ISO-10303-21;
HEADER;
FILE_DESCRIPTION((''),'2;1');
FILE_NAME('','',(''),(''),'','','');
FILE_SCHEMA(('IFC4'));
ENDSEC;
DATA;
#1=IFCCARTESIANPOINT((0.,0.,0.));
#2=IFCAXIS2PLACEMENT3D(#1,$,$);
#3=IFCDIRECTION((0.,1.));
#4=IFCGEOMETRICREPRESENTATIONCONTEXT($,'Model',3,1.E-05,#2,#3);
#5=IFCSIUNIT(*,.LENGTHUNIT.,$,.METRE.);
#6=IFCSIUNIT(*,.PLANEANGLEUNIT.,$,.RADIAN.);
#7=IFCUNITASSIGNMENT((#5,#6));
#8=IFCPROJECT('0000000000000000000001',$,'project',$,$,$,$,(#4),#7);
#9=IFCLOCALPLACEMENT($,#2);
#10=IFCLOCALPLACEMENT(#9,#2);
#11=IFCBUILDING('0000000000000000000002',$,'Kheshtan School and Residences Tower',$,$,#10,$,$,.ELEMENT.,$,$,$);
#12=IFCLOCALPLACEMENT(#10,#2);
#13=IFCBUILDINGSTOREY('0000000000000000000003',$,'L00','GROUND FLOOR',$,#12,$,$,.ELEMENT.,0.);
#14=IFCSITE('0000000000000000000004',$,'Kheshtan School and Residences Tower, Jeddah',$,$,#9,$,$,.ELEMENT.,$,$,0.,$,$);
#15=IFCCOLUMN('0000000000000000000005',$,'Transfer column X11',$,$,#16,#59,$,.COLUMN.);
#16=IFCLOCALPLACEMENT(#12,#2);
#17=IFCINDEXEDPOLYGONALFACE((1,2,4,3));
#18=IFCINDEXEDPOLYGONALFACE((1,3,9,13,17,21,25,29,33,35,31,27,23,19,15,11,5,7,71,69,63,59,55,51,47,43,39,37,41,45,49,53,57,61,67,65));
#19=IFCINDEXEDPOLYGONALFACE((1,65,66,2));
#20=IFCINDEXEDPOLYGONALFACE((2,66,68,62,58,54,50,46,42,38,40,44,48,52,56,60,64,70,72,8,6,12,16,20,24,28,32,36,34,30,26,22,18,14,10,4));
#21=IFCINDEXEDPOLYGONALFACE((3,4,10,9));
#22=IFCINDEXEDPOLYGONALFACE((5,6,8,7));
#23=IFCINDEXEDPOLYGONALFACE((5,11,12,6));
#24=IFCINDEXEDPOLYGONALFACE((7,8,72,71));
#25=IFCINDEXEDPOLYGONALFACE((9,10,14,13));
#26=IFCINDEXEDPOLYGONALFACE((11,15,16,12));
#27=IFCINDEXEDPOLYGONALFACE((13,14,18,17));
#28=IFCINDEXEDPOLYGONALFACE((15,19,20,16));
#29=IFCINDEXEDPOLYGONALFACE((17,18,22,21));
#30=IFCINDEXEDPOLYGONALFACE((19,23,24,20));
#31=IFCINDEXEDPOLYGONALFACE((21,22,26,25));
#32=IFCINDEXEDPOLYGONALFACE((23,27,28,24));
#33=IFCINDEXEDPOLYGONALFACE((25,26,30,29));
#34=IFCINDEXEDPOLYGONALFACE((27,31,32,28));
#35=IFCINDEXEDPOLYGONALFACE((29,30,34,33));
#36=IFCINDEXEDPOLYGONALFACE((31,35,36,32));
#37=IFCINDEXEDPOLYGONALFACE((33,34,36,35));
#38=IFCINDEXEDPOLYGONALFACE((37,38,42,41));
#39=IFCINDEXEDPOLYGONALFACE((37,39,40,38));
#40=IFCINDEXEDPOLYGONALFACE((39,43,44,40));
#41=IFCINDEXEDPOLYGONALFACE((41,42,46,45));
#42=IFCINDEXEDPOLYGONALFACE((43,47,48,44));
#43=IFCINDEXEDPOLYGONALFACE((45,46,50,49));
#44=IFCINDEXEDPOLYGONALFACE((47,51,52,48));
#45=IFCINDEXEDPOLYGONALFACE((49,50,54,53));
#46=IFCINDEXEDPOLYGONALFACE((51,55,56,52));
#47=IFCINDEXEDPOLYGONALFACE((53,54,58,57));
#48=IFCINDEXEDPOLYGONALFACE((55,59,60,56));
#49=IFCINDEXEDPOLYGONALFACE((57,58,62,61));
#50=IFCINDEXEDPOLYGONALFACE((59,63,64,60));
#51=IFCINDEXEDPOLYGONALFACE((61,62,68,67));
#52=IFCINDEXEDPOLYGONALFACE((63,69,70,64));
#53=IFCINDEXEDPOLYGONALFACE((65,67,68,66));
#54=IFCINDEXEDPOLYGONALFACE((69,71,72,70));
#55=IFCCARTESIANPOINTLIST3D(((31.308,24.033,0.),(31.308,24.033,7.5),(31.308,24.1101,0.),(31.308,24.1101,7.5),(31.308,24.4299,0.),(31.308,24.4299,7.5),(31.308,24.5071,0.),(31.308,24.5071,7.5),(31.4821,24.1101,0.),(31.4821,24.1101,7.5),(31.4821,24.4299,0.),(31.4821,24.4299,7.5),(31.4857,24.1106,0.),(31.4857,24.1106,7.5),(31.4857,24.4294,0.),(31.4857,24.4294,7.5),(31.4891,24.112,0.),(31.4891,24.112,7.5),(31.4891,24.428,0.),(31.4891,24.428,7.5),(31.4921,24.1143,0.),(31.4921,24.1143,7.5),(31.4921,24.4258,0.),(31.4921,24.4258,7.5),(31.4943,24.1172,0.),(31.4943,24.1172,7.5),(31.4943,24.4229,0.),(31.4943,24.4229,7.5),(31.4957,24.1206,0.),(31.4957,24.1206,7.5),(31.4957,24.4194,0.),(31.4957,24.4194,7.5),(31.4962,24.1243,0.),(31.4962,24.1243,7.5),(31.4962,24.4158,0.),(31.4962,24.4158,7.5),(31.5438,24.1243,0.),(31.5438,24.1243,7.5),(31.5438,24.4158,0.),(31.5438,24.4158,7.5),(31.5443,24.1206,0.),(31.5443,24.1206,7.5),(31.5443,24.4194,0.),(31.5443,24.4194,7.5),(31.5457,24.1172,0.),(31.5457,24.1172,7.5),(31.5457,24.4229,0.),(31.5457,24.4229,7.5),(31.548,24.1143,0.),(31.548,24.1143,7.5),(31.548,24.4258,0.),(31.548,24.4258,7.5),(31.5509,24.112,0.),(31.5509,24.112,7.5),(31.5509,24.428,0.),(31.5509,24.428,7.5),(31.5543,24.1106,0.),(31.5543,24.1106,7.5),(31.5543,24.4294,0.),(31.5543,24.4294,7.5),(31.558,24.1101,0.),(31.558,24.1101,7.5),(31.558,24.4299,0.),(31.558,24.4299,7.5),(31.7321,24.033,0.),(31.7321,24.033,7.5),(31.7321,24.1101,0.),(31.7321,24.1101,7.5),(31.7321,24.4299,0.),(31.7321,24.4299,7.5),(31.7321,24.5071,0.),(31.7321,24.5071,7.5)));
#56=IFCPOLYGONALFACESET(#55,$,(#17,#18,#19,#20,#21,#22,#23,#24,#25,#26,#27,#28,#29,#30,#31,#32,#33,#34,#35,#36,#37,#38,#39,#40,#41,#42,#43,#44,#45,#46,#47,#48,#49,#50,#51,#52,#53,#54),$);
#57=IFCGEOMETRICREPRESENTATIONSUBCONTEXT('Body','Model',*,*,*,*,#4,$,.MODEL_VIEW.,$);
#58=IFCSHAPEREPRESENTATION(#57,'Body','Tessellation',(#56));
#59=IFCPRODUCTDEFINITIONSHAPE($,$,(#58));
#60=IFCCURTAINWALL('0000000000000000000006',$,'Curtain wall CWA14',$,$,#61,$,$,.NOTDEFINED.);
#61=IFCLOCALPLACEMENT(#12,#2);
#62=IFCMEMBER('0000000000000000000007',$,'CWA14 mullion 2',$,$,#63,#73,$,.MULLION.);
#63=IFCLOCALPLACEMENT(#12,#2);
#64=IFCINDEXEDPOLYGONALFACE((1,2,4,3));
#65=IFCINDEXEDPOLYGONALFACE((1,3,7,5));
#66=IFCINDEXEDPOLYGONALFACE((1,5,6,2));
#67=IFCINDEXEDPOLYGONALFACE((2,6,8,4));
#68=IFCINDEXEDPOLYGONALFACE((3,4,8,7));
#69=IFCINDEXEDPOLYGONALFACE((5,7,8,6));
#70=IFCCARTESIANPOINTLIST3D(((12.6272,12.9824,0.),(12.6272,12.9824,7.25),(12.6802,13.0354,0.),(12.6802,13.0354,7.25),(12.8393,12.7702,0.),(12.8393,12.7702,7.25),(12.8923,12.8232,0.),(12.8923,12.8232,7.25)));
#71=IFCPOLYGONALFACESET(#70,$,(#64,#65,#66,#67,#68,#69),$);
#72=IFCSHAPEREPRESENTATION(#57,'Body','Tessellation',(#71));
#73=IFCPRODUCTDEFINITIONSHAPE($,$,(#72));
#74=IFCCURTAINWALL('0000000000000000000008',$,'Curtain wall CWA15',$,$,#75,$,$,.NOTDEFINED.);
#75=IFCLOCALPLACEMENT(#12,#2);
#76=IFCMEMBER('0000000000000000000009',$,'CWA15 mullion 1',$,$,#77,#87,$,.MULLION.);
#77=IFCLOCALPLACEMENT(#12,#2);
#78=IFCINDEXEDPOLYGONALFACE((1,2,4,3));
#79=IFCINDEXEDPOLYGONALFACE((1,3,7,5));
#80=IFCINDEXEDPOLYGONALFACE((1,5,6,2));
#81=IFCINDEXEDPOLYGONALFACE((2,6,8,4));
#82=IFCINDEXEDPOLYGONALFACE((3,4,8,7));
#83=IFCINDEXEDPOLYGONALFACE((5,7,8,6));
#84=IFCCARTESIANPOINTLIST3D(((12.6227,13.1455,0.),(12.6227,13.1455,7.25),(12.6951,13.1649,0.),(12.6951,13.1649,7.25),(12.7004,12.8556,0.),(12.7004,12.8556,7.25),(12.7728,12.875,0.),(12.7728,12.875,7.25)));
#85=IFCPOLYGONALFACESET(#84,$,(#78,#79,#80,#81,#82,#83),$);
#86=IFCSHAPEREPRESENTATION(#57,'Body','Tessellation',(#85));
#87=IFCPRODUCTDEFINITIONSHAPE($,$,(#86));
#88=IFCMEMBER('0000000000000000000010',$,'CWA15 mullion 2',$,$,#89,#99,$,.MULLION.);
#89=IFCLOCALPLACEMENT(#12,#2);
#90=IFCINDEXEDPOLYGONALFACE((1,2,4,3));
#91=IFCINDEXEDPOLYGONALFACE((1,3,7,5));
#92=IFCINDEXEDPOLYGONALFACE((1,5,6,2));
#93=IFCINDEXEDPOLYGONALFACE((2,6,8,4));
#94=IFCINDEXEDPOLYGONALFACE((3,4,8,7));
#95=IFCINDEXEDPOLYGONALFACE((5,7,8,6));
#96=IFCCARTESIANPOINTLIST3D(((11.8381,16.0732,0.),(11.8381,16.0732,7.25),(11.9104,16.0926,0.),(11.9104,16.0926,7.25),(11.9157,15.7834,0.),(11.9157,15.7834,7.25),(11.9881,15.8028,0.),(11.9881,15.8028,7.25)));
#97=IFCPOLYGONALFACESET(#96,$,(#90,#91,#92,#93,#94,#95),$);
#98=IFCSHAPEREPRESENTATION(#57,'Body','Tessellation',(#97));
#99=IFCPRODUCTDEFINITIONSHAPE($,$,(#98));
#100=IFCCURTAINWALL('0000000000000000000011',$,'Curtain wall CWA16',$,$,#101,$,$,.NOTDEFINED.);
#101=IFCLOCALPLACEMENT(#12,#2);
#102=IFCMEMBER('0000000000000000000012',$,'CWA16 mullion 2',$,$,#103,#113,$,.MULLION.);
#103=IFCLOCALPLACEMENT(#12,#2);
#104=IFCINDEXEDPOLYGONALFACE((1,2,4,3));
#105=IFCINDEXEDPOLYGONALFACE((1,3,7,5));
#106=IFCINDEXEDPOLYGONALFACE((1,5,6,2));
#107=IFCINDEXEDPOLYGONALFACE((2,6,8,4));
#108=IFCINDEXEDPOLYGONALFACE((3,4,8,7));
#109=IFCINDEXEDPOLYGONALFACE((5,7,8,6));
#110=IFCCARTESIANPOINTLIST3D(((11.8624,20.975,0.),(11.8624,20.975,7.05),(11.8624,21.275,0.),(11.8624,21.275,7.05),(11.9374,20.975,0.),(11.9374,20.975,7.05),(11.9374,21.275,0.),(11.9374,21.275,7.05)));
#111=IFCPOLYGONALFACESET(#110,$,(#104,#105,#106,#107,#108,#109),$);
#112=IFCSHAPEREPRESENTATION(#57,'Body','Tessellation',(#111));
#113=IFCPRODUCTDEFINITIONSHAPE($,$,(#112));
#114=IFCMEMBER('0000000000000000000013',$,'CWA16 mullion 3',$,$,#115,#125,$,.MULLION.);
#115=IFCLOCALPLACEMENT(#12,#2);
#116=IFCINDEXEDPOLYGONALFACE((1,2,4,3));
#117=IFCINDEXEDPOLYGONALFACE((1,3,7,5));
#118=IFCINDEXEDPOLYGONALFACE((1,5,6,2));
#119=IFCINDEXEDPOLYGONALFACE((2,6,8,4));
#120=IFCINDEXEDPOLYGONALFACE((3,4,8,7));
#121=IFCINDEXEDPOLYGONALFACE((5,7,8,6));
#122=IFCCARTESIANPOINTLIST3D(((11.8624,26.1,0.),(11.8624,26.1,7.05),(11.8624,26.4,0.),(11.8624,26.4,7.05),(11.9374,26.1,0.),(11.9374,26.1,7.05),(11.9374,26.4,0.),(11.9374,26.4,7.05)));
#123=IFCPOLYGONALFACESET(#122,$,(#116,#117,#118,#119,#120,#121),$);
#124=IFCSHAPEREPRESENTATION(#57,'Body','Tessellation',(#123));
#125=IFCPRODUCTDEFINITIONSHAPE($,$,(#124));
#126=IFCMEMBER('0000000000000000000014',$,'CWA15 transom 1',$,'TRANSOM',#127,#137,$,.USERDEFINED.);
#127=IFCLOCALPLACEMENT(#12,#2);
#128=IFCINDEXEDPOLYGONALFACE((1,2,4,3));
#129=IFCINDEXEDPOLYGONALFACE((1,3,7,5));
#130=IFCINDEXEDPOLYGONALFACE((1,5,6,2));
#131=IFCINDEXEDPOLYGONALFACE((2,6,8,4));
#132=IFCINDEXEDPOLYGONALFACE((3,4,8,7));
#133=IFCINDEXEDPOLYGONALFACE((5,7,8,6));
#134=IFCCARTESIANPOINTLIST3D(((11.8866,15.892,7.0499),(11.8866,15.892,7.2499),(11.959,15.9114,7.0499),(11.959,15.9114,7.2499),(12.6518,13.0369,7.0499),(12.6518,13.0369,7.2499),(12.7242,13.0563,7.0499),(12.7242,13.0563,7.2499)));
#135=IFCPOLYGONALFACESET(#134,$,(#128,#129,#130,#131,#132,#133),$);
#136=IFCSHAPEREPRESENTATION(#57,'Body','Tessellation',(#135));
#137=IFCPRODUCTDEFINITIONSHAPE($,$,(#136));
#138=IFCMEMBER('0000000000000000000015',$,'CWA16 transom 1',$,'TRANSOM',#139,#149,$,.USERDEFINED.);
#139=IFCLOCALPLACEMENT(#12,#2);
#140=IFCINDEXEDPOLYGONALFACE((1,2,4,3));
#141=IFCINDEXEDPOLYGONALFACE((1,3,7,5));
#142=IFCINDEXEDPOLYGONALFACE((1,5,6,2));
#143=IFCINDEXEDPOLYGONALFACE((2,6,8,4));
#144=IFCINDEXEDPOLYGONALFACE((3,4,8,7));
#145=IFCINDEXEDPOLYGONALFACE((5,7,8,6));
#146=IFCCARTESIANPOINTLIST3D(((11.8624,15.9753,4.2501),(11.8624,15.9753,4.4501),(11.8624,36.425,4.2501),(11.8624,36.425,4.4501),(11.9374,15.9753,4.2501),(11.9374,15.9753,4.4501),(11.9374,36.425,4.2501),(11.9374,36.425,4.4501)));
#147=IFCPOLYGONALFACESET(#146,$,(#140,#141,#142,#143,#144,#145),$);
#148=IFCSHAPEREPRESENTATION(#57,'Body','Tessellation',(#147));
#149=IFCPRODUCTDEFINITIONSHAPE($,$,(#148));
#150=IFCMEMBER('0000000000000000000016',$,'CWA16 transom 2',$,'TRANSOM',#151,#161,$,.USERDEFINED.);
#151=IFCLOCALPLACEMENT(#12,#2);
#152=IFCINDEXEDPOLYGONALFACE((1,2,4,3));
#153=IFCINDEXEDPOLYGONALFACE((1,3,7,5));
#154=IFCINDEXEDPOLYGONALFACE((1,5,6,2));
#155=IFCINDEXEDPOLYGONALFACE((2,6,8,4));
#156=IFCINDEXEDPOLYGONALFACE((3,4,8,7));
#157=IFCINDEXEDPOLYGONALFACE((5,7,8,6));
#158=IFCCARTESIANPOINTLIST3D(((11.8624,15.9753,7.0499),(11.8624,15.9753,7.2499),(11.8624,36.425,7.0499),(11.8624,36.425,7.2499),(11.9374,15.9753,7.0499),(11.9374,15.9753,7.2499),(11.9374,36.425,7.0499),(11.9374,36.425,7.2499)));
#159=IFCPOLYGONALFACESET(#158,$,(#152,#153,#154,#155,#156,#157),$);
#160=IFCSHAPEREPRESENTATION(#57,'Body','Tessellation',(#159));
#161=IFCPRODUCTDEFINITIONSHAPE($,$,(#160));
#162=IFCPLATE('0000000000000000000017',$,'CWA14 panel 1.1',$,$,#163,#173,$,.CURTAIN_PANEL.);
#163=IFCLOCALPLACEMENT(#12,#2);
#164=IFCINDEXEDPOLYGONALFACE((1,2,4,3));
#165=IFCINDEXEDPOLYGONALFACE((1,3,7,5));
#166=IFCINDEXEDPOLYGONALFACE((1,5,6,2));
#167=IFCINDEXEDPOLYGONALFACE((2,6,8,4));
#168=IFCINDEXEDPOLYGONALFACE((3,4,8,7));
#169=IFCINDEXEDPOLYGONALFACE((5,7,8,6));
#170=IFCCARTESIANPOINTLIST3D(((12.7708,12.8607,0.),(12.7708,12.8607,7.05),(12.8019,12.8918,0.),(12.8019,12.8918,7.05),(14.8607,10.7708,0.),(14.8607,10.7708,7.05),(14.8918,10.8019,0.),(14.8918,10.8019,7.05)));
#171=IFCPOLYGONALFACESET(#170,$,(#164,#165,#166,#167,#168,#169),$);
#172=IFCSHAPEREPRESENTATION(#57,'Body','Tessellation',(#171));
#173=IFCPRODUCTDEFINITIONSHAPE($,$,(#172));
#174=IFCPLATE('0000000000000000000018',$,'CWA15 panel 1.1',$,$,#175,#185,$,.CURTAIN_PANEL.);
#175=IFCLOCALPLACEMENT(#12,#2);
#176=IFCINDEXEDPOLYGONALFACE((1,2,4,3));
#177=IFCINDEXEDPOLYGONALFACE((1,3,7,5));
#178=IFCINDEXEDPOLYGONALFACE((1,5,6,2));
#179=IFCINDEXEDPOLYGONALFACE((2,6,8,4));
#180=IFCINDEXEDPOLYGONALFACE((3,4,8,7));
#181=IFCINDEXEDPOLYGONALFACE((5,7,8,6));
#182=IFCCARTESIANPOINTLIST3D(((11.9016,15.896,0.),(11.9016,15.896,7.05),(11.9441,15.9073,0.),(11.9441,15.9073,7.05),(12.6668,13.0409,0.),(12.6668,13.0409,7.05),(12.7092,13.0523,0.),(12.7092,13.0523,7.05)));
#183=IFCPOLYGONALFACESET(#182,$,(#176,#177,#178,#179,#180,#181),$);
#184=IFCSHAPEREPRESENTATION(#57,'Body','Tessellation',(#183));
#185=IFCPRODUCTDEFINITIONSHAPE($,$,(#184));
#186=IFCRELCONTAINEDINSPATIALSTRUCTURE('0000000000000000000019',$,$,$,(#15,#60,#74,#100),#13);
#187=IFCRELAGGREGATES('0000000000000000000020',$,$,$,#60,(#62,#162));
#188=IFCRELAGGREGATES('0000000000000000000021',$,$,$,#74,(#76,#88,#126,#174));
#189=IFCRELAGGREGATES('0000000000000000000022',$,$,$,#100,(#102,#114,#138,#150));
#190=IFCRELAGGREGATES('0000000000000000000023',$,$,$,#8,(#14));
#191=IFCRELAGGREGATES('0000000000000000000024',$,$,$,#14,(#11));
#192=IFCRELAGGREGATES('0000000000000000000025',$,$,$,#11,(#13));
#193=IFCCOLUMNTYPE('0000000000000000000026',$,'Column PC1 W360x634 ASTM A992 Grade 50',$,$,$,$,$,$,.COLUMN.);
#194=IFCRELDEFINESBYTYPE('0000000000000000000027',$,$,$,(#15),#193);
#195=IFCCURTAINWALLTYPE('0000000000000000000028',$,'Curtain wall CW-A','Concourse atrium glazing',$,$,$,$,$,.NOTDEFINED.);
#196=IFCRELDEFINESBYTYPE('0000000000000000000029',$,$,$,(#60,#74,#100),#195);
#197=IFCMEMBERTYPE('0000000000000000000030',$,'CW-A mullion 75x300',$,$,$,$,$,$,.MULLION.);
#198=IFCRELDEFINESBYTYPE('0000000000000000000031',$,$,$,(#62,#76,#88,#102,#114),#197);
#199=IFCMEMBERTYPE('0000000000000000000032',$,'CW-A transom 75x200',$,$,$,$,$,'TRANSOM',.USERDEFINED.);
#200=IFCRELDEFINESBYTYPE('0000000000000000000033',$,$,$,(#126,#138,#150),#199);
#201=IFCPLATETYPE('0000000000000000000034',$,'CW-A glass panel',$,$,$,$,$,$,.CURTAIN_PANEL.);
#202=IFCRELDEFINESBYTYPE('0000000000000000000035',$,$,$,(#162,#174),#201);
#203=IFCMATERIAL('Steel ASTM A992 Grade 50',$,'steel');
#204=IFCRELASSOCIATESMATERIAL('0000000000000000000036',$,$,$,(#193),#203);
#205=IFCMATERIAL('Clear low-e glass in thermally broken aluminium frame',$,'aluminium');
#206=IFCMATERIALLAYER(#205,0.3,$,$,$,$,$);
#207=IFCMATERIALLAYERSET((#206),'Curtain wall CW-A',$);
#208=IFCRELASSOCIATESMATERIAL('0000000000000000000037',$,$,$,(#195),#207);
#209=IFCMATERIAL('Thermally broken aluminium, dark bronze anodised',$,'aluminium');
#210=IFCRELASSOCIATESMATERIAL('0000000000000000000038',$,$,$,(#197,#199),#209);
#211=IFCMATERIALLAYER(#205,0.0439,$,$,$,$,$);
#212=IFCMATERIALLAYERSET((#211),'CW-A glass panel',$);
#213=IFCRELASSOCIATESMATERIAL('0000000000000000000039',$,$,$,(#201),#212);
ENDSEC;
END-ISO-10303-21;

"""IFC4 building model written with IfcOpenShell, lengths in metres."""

from ifc_helpers import new_model, si_unit, direction, frame, origin, origin_2d, place, context, subcontext, project, spatial, rectangle, i_section, extrude, material, layer, layer_set, material_profile, profile_set, type_object, element, aggregate, save


model = new_model("IFC4")

# Units and contexts
model_context = context("Model", 3, precision=1e-05, world=origin(), true_north=direction((0.0, 1.0)))
body_context = subcontext(model_context, "Body", "Model", "MODEL_VIEW")
ifc_project = project(units=[si_unit("LENGTHUNIT", "METRE"), si_unit("PLANEANGLEUNIT", "RADIAN")], contexts=[model_context])

# Site, building, storey
site_placement = place(None, origin())
site = spatial("IfcSite", under=ifc_project, at=site_placement, Name="Kheshtan School and Residences Tower, Jeddah", CompositionType="ELEMENT", RefElevation=0.0)
building_placement = place(site_placement, origin())
building = spatial("IfcBuilding", under=site, at=building_placement, Name="Kheshtan School and Residences Tower", CompositionType="ELEMENT")
storey_placement = place(building_placement, origin())
storey = spatial("IfcBuildingStorey", under=building, at=storey_placement, Name="L00", Description="GROUND FLOOR", CompositionType="ELEMENT", Elevation=0.0)

# Column
ifc_material_1 = material(Name="Steel ASTM A992 Grade 50", Category="steel")
ifc_material_profile_1 = material_profile(ifc_material_1, i_section(OverallWidth=0.4241, OverallDepth=0.4741, WebThickness=0.0476, FlangeThickness=0.0771, FilletRadius=0.0142, at=origin_2d()), Name="W360x634")
ifc_profile_set_1 = profile_set([ifc_material_profile_1], Name="Steel ASTM A992 Grade 50")
column_type = type_object("IfcColumnType", Name="Column PC1 W360x634 ASTM A992 Grade 50", PredefinedType="COLUMN", material=ifc_profile_set_1)
for number, where, z_axis, x_axis, name in (
    (1, (31.52, 24.27, 0.0), (0.0, 0.0, 1.0), (1.0, 0.0, 0.0), "Transfer column X11"),
):
    element("IfcColumn", number, at=place(storey_placement, frame(where, z_axis=z_axis, x_axis=x_axis)), inside=storey, type_object=column_type, Name=name, PredefinedType="COLUMN", context=body_context, shape_type="SweptSolid", body=[
        extrude(i_section(OverallWidth=0.4241, OverallDepth=0.4741, WebThickness=0.0476, FlangeThickness=0.0771, FilletRadius=0.0142, at=origin_2d()), origin(), (0.0, 0.0, 1.0), 7.5),
    ])

# Curtain wall, member
ifc_material_2 = material(Name="Clear low-e glass in thermally broken aluminium frame", Category="aluminium")
ifc_layer_1 = layer(ifc_material_2, 0.3)
ifc_layer_set_1 = layer_set([ifc_layer_1], Name="Curtain wall CW-A")
curtain_wall_type = type_object("IfcCurtainWallType", Name="Curtain wall CW-A", Description="Concourse atrium glazing", PredefinedType="NOTDEFINED", material=ifc_layer_set_1)
curtain_wall_1_placement = place(storey_placement, origin())
curtain_wall_1 = element("IfcCurtainWall", 2, at=curtain_wall_1_placement, inside=storey, type_object=curtain_wall_type, Name="Curtain wall CWA14", PredefinedType="NOTDEFINED")
ifc_material_3 = material(Name="Thermally broken aluminium, dark bronze anodised", Category="aluminium")
ifc_material_profile_2 = material_profile(ifc_material_3, rectangle(XDim=0.075, YDim=0.3, at=origin_2d()), Name="CW-A mullion 75x300")
ifc_profile_set_2 = profile_set([ifc_material_profile_2], Name="Thermally broken aluminium, dark bronze anodised")
member_type_1 = type_object("IfcMemberType", Name="CW-A mullion 75x300", PredefinedType="MULLION", material=ifc_profile_set_2)
member_1_placement = place(storey_placement, frame((12.7598, 12.9028, 0.0), z_axis=(0.0, 0.0, 1.0), x_axis=(-0.707107, -0.707107, 0.0)))
member_1 = element("IfcMember", 3, at=member_1_placement, type_object=member_type_1, Name="CWA14 mullion 2", PredefinedType="MULLION", context=body_context, shape_type="SweptSolid", body=[
    extrude(rectangle(XDim=0.075, YDim=0.3, at=origin_2d()), origin(), (0.0, 0.0, 1.0), 7.25),
])

# Curtain walls, members
curtain_wall_2_placement = place(storey_placement, origin())
curtain_wall_2 = element("IfcCurtainWall", 4, at=curtain_wall_2_placement, inside=storey, type_object=curtain_wall_type, Name="Curtain wall CWA15", PredefinedType="NOTDEFINED")
member_2_placement = place(storey_placement, frame((12.6978, 13.0103, 0.0), z_axis=(0.0, 0.0, 1.0), x_axis=(-0.965914, -0.258865, 0.0)))
member_2 = element("IfcMember", 5, at=member_2_placement, type_object=member_type_1, Name="CWA15 mullion 1", PredefinedType="MULLION", context=body_context, shape_type="SweptSolid", body=[
    extrude(rectangle(XDim=0.075, YDim=0.3, at=origin_2d()), origin(), (0.0, 0.0, 1.0), 7.25),
])
member_3_placement = place(storey_placement, frame((11.9131, 15.938, 0.0), z_axis=(0.0, 0.0, 1.0), x_axis=(-0.965914, -0.258865, 0.0)))
member_3 = element("IfcMember", 6, at=member_3_placement, type_object=member_type_1, Name="CWA15 mullion 2", PredefinedType="MULLION", context=body_context, shape_type="SweptSolid", body=[
    extrude(rectangle(XDim=0.075, YDim=0.3, at=origin_2d()), origin(), (0.0, 0.0, 1.0), 7.25),
])
curtain_wall_3_placement = place(storey_placement, origin())
curtain_wall_3 = element("IfcCurtainWall", 7, at=curtain_wall_3_placement, inside=storey, type_object=curtain_wall_type, Name="Curtain wall CWA16", PredefinedType="NOTDEFINED")
member_4_placement = place(storey_placement, frame((11.8999, 21.125, 0.0), z_axis=(0.0, 0.0, 1.0), x_axis=(-1.0, 0.0, 0.0)))
member_4 = element("IfcMember", 8, at=member_4_placement, type_object=member_type_1, Name="CWA16 mullion 2", PredefinedType="MULLION", context=body_context, shape_type="SweptSolid", body=[
    extrude(rectangle(XDim=0.075, YDim=0.3, at=origin_2d()), origin(), (0.0, 0.0, 1.0), 7.05),
])
member_5_placement = place(storey_placement, frame((11.8999, 26.25, 0.0), z_axis=(0.0, 0.0, 1.0), x_axis=(-1.0, 0.0, 0.0)))
member_5 = element("IfcMember", 9, at=member_5_placement, type_object=member_type_1, Name="CWA16 mullion 3", PredefinedType="MULLION", context=body_context, shape_type="SweptSolid", body=[
    extrude(rectangle(XDim=0.075, YDim=0.3, at=origin_2d()), origin(), (0.0, 0.0, 1.0), 7.05),
])

# Members
ifc_material_profile_3 = material_profile(ifc_material_3, rectangle(XDim=0.075, YDim=0.2, at=origin_2d()), Name="CW-A transom 75x200")
ifc_profile_set_3 = profile_set([ifc_material_profile_3], Name="Thermally broken aluminium, dark bronze anodised")
member_type_2 = type_object("IfcMemberType", Name="CW-A transom 75x200", ElementType="TRANSOM", PredefinedType="USERDEFINED", material=ifc_profile_set_3)
member_6_placement = place(storey_placement, frame((12.688, 13.0466, 7.1499), z_axis=(-0.258865, 0.965913, 0.0), x_axis=(-0.965913, -0.258865, 0.0)))
member_6 = element("IfcMember", 10, at=member_6_placement, type_object=member_type_2, Name="CWA15 transom 1", ObjectType="TRANSOM", PredefinedType="USERDEFINED", context=body_context, shape_type="SweptSolid", body=[
    extrude(rectangle(XDim=0.075, YDim=0.2, at=origin_2d()), origin(), (0.0, 0.0, 1.0), 2.9558),
])
member_7_placement = place(storey_placement, frame((11.8999, 15.9753, 4.3501), z_axis=(0.0, 1.0, 0.0), x_axis=(-1.0, 0.0, 0.0)))
member_7 = element("IfcMember", 11, at=member_7_placement, type_object=member_type_2, Name="CWA16 transom 1", ObjectType="TRANSOM", PredefinedType="USERDEFINED", context=body_context, shape_type="SweptSolid", body=[
    extrude(rectangle(XDim=0.075, YDim=0.2, at=origin_2d()), origin(), (0.0, 0.0, 1.0), 20.4497),
])
member_8_placement = place(storey_placement, frame((11.8999, 15.9753, 7.1499), z_axis=(0.0, 1.0, 0.0), x_axis=(-1.0, 0.0, 0.0)))
member_8 = element("IfcMember", 12, at=member_8_placement, type_object=member_type_2, Name="CWA16 transom 2", ObjectType="TRANSOM", PredefinedType="USERDEFINED", context=body_context, shape_type="SweptSolid", body=[
    extrude(rectangle(XDim=0.075, YDim=0.2, at=origin_2d()), origin(), (0.0, 0.0, 1.0), 20.4497),
])

# Plates
ifc_layer_2 = layer(ifc_material_2, 0.0439)
ifc_layer_set_2 = layer_set([ifc_layer_2], Name="CW-A glass panel")
plate_type = type_object("IfcPlateType", Name="CW-A glass panel", PredefinedType="CURTAIN_PANEL", material=ifc_layer_set_2)
plate_1_placement = place(storey_placement, frame((13.8313, 11.8313, 0.0), z_axis=(0.0, 0.0, 1.0), x_axis=(-0.707107, 0.707107, 0.0)))
plate_1 = element("IfcPlate", 13, at=plate_1_placement, type_object=plate_type, Name="CWA14 panel 1.1", PredefinedType="CURTAIN_PANEL", context=body_context, shape_type="SweptSolid", body=[
    extrude(rectangle(XDim=2.9556, YDim=0.0439, at=origin_2d()), origin(), (0.0, 0.0, 1.0), 7.05),
])
aggregate(curtain_wall_1, [member_1, plate_1])
plate_2_placement = place(storey_placement, frame((12.3054, 14.4741, 0.0), z_axis=(0.0, 0.0, 1.0), x_axis=(-0.258865, 0.965914, 0.0)))
plate_2 = element("IfcPlate", 14, at=plate_2_placement, type_object=plate_type, Name="CWA15 panel 1.1", PredefinedType="CURTAIN_PANEL", context=body_context, shape_type="SweptSolid", body=[
    extrude(rectangle(XDim=2.9558, YDim=0.0439, at=origin_2d()), origin(), (0.0, 0.0, 1.0), 7.05),
])
aggregate(curtain_wall_2, [member_2, member_3, member_6, plate_2])
aggregate(curtain_wall_3, [member_4, member_5, member_7, member_8])

save(model, "model.ifc")
